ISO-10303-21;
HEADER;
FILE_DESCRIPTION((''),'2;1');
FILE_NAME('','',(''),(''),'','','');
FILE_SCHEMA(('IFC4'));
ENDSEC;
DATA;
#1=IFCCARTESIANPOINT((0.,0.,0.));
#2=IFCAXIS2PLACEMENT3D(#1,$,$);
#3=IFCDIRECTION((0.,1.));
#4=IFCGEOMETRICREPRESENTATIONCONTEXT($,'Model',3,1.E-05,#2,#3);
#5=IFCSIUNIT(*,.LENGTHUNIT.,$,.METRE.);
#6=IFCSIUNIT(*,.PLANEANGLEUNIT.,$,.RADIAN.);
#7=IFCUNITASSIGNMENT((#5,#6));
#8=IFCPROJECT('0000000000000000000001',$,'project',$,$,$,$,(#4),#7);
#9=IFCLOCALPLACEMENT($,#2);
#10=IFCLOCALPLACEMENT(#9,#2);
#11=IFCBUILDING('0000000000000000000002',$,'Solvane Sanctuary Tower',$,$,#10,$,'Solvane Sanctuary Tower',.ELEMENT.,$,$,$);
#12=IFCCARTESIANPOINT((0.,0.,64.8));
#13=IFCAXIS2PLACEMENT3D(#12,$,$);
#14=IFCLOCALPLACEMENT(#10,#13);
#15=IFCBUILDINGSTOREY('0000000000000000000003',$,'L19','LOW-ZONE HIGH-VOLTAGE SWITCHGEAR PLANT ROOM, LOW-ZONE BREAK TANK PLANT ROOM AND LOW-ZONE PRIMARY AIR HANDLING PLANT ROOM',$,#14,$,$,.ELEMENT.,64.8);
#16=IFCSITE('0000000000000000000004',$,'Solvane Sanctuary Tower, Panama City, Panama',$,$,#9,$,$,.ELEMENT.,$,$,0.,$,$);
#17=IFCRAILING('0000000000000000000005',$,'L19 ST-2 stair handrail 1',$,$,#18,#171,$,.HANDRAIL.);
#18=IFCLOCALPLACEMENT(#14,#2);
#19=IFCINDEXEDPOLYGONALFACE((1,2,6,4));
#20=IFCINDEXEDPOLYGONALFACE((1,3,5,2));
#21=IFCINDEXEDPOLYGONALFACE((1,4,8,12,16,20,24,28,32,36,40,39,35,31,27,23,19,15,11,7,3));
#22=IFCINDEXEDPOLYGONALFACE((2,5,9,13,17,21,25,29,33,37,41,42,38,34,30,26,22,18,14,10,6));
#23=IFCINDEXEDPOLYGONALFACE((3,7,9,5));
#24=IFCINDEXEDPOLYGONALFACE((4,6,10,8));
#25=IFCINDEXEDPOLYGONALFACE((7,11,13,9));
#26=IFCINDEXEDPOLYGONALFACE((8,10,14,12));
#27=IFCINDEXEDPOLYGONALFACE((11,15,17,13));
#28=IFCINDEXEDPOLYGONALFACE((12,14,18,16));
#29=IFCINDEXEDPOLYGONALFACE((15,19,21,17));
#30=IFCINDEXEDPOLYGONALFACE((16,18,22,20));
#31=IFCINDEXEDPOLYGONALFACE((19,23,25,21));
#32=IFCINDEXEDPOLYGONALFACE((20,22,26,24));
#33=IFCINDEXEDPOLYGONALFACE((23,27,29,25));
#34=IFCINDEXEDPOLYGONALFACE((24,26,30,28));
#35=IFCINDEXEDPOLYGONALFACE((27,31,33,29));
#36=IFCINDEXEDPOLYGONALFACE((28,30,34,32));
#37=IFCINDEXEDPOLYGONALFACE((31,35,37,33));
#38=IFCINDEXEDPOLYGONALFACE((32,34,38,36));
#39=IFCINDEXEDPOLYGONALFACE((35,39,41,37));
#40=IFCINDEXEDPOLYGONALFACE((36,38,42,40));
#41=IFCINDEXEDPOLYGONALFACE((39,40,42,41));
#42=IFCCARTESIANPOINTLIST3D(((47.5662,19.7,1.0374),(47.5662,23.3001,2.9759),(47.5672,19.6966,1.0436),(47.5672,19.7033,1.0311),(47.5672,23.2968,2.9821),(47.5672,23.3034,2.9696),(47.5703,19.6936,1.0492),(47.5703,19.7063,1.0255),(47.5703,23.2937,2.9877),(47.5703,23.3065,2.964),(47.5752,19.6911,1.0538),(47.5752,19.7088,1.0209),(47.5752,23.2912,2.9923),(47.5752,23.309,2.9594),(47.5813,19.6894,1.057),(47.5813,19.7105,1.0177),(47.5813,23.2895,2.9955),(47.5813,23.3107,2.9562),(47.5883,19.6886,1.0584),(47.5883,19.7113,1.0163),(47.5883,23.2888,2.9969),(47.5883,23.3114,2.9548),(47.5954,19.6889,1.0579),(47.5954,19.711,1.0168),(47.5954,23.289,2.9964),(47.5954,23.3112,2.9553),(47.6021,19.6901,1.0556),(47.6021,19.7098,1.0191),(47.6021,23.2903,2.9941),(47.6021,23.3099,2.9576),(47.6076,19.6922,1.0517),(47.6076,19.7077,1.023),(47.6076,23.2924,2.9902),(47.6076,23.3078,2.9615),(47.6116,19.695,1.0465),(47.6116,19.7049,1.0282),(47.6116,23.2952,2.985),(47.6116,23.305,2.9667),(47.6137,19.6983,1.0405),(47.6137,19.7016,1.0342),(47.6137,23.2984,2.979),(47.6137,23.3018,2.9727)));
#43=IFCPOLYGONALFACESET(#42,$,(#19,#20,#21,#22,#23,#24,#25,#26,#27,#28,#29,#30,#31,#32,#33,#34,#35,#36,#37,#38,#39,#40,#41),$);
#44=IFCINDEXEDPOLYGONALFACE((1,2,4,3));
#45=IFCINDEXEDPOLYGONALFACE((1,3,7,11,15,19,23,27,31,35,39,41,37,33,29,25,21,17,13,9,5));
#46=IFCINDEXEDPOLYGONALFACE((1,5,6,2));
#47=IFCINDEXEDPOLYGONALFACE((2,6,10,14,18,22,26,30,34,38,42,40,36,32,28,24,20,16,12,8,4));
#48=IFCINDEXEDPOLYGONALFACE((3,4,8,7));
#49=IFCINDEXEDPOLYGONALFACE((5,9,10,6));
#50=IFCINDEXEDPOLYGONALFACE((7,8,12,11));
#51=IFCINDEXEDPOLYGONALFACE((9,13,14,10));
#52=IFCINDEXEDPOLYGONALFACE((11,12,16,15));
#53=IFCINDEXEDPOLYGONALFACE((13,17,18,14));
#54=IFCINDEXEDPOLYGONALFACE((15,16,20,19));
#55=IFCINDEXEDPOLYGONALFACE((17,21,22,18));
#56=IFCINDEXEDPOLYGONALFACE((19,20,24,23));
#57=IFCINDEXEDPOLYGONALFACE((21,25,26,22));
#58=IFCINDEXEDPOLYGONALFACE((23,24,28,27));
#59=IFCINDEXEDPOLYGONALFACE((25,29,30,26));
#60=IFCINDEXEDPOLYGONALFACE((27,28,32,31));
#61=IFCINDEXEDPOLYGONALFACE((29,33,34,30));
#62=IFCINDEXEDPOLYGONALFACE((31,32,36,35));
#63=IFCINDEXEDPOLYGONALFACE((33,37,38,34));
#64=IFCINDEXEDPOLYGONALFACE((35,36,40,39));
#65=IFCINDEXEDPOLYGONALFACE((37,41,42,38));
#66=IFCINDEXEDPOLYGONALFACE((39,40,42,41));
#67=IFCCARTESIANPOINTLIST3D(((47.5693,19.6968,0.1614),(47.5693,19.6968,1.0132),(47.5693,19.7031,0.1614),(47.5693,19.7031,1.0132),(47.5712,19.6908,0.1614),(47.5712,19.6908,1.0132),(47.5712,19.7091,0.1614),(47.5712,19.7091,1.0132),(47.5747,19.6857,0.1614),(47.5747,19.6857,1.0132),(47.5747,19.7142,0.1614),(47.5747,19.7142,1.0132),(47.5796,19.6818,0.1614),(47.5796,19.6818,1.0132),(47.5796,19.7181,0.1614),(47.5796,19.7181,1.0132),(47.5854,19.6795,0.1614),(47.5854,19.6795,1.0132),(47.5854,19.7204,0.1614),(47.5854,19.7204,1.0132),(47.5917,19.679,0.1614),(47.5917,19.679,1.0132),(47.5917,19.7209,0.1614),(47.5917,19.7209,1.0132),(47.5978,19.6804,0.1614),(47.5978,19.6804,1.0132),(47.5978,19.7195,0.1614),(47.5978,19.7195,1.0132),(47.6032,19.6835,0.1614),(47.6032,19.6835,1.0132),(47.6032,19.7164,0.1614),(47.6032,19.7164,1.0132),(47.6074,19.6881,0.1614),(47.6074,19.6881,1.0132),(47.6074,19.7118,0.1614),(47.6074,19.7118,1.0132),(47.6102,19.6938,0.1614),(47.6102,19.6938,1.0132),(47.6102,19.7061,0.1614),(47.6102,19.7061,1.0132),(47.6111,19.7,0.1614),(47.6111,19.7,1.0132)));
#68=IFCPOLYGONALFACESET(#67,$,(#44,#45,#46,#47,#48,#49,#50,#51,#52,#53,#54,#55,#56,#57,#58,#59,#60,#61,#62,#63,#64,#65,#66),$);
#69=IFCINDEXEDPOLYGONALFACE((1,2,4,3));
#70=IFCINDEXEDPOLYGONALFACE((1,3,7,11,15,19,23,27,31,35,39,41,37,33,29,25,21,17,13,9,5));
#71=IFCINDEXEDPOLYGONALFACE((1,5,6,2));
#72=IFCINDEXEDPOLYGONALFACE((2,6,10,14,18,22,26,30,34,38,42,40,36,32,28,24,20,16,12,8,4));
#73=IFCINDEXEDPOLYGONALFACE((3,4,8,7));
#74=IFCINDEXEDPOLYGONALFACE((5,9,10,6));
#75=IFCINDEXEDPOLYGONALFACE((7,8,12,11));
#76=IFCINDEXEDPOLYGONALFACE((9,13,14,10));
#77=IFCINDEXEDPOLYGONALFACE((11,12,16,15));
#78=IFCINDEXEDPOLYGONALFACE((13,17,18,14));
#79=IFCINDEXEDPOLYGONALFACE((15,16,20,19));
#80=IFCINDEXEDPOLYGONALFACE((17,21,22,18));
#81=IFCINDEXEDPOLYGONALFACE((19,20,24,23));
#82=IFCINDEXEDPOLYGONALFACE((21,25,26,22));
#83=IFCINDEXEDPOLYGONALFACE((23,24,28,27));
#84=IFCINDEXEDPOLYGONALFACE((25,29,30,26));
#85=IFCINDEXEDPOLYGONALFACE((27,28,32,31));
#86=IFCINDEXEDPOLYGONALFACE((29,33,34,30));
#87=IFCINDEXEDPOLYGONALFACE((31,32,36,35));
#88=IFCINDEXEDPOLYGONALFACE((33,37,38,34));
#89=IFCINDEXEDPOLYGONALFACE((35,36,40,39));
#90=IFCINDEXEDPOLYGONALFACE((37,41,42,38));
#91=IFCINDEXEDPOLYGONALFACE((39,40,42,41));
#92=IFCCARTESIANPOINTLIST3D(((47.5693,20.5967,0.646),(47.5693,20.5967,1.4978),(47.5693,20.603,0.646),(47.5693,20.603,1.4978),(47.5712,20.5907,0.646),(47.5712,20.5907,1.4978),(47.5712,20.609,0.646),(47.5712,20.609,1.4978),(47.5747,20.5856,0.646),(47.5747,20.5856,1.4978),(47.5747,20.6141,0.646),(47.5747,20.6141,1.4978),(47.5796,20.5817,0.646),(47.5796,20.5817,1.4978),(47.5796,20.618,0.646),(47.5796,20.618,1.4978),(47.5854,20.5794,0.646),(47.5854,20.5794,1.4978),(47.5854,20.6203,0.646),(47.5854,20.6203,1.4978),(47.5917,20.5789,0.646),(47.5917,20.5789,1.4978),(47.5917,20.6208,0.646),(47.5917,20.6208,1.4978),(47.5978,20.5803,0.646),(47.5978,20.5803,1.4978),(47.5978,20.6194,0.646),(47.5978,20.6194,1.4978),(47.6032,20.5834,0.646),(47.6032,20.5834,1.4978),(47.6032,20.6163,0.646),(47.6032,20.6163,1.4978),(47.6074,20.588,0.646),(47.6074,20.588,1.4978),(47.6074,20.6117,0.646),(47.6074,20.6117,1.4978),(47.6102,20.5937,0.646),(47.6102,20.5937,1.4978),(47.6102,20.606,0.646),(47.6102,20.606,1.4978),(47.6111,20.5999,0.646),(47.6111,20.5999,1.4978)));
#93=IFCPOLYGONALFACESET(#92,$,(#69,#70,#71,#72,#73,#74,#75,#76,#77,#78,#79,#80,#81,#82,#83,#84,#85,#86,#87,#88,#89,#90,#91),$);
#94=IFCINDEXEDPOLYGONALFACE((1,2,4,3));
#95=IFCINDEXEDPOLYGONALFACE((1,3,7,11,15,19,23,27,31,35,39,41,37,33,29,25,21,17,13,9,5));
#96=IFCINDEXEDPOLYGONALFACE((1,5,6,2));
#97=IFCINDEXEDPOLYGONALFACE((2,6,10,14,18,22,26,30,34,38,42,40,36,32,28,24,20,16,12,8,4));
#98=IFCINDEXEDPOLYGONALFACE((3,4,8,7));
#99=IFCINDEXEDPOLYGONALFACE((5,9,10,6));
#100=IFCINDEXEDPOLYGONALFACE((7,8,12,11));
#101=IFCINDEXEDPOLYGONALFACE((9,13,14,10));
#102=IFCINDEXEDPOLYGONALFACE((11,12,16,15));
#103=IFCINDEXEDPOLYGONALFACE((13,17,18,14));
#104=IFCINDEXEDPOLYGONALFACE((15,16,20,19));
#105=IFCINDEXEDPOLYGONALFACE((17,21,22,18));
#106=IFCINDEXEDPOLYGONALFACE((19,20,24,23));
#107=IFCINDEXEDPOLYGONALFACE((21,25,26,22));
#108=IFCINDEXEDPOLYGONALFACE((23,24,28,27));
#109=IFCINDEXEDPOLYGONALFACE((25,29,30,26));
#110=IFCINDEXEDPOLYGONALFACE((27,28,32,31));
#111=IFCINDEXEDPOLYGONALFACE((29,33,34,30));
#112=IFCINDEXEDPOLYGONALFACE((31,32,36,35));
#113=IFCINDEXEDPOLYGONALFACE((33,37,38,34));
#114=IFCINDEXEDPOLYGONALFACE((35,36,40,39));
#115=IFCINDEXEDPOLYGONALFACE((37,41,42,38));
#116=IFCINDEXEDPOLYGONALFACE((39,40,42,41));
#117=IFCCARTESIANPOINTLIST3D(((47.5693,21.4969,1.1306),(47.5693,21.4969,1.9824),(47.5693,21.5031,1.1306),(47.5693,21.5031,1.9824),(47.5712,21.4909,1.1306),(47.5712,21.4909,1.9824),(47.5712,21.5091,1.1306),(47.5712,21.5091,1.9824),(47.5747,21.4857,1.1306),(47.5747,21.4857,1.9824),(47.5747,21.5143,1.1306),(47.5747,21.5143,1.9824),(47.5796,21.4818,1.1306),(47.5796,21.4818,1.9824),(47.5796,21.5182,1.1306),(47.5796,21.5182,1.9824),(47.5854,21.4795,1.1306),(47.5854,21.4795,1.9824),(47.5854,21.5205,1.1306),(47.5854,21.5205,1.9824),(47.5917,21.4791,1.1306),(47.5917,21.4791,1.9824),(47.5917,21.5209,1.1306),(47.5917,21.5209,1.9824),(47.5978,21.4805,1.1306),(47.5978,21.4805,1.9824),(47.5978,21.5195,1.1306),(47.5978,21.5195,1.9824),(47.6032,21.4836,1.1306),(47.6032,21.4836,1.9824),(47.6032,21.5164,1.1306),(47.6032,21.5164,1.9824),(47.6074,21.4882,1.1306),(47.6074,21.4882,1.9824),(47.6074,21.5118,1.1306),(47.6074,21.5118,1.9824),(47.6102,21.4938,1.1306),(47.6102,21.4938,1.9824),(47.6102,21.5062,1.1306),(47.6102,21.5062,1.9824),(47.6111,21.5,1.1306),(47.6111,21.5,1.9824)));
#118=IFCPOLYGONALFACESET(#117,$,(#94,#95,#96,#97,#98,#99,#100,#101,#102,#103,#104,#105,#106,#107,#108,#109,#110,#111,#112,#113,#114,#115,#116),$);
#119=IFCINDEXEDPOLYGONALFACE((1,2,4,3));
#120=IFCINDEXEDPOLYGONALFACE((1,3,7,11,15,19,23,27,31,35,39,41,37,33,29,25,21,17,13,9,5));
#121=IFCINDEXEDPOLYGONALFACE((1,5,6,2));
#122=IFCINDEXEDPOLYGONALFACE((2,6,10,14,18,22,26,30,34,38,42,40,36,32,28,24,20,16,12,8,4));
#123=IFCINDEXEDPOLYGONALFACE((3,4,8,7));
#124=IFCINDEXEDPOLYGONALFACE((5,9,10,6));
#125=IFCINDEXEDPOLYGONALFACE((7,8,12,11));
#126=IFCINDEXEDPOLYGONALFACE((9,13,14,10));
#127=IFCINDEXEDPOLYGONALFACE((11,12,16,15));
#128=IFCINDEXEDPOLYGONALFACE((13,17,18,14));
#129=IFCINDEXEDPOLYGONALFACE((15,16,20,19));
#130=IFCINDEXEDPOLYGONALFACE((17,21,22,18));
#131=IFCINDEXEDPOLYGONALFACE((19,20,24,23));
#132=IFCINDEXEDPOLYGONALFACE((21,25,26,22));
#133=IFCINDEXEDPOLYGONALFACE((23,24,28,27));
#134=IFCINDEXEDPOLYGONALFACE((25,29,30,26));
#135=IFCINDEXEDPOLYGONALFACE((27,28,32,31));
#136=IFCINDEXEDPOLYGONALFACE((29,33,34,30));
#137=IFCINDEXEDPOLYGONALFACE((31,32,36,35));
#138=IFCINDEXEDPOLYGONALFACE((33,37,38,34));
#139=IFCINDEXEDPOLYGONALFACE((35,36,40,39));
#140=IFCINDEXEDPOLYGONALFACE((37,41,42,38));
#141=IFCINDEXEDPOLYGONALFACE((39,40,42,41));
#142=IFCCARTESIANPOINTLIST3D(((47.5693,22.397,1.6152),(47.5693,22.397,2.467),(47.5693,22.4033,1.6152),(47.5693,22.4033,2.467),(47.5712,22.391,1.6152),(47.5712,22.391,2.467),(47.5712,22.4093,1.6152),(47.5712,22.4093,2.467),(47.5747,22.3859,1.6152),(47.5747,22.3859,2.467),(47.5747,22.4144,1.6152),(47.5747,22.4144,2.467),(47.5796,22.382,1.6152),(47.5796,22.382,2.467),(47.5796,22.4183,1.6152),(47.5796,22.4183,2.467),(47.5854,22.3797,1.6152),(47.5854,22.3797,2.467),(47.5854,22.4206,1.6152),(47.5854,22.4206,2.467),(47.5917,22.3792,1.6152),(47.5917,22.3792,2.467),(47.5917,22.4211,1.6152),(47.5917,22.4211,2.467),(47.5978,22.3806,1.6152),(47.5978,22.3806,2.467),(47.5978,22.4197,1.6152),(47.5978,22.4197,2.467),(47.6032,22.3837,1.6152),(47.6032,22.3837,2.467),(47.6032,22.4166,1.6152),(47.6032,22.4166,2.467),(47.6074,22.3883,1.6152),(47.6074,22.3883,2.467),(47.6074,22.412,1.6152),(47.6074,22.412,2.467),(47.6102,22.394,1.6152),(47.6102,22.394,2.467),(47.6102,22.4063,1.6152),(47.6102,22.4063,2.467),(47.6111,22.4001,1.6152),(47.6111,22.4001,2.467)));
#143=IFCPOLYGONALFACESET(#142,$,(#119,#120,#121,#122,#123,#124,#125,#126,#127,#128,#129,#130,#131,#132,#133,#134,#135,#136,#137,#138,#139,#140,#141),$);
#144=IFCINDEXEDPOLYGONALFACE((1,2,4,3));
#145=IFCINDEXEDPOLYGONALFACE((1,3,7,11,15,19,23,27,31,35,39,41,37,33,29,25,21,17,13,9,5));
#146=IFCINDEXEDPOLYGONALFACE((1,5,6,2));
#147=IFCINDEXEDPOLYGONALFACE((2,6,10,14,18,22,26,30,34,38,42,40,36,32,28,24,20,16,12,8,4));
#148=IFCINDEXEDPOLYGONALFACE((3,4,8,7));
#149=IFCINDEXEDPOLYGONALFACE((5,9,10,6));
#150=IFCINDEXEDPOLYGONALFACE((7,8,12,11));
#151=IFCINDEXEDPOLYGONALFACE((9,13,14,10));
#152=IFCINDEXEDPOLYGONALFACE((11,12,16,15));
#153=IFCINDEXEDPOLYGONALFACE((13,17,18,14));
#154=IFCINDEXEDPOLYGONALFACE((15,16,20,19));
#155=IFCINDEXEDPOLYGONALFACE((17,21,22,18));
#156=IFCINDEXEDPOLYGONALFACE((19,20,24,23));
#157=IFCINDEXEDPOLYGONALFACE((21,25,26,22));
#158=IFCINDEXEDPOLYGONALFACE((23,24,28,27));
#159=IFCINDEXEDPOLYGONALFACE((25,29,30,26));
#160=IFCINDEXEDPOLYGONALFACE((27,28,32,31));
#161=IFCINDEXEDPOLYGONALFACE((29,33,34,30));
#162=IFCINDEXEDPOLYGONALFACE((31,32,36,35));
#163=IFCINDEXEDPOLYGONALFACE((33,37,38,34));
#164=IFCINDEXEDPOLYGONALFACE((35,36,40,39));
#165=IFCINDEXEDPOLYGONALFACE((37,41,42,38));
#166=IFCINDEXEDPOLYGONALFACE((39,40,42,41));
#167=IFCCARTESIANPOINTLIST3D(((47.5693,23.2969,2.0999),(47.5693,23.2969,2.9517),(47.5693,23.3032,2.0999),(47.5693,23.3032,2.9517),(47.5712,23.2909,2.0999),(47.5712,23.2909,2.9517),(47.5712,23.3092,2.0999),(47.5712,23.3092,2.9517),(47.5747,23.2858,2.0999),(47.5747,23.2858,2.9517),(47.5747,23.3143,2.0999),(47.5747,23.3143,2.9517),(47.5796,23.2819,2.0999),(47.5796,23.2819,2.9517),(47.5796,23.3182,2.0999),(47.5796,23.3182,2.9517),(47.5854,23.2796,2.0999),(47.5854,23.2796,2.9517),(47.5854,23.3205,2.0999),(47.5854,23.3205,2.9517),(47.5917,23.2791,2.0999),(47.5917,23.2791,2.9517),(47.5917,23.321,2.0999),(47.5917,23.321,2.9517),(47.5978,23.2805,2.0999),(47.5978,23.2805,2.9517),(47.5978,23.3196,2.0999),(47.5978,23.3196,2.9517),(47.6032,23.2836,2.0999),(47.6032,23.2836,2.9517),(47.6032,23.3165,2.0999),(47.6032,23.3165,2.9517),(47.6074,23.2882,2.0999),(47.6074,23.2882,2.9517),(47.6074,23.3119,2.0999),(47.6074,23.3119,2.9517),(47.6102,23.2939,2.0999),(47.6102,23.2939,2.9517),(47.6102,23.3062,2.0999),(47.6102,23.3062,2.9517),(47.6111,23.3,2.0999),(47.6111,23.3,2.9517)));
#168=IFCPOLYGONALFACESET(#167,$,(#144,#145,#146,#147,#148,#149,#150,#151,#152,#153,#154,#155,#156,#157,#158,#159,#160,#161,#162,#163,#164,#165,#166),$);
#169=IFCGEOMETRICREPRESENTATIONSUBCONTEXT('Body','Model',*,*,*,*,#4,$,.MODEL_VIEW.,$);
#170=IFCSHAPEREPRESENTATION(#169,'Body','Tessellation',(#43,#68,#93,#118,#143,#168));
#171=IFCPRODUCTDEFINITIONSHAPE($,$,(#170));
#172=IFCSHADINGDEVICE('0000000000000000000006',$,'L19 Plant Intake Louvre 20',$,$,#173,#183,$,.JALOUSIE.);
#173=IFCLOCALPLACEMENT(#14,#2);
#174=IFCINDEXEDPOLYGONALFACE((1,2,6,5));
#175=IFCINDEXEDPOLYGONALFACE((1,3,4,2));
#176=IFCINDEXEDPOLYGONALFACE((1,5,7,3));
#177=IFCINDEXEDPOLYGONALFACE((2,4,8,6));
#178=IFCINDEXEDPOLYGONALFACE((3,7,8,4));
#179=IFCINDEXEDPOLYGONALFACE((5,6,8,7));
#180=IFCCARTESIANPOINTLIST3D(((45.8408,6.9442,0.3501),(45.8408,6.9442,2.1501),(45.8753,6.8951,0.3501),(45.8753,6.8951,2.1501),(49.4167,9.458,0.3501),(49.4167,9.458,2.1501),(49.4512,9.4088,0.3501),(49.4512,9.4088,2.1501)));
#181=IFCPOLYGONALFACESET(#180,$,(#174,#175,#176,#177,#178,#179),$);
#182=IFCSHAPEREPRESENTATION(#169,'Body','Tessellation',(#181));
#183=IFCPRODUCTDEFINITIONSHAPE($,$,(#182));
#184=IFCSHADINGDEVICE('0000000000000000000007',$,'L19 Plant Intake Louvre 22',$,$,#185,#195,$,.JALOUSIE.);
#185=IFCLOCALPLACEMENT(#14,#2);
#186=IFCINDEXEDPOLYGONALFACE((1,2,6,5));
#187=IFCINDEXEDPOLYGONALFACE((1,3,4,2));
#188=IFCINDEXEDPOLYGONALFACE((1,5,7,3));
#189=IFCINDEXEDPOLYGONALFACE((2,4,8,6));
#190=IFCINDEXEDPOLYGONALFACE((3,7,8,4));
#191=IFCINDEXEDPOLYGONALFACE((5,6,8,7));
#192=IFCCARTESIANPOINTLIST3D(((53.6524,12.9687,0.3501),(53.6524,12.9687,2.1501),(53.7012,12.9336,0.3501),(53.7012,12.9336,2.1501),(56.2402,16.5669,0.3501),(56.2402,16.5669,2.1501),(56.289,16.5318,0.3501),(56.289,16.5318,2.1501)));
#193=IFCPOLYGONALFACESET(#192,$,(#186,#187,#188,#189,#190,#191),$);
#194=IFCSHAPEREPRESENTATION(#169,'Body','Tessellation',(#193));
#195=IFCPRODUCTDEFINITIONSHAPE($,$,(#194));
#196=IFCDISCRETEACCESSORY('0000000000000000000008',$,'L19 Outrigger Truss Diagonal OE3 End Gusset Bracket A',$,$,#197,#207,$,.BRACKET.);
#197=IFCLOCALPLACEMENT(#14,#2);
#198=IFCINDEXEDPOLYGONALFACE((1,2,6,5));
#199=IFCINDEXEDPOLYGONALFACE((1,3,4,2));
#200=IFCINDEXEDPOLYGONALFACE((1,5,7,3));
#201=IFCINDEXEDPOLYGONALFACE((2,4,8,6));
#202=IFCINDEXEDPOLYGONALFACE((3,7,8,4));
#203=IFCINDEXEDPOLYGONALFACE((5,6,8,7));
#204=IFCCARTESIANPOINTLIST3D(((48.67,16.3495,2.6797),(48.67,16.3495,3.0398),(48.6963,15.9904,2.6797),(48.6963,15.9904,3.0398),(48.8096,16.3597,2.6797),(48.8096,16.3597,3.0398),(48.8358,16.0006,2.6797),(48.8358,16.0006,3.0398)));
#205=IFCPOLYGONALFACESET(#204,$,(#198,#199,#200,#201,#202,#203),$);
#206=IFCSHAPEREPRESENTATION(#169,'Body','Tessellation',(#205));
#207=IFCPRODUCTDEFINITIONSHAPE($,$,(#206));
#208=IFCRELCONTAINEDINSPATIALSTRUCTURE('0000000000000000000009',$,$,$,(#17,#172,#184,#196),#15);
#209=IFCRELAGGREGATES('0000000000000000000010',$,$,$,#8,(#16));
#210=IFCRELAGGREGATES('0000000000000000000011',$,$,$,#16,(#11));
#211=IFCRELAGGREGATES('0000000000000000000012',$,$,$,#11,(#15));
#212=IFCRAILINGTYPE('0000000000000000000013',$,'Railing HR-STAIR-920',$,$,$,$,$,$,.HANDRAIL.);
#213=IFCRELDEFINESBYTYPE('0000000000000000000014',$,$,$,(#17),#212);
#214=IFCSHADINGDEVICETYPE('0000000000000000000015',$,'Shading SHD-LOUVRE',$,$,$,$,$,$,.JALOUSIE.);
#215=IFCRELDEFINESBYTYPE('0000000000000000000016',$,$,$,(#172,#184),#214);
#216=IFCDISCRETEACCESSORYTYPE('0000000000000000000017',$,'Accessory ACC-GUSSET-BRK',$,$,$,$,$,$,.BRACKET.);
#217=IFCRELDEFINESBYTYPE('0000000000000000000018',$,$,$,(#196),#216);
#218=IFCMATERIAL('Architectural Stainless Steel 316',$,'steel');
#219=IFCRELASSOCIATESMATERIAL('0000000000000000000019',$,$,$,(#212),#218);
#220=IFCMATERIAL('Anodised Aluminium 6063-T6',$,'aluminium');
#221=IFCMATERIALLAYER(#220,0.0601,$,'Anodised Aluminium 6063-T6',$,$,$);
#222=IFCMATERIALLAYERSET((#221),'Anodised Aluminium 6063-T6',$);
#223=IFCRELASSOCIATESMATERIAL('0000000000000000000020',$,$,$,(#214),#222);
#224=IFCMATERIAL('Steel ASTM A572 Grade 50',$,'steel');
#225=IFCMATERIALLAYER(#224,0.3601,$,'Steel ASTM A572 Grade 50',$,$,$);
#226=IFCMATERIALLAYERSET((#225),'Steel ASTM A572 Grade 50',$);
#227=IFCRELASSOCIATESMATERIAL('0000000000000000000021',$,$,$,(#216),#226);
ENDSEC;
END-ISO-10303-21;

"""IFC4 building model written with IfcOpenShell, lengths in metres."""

from ifc_helpers import new_model, si_unit, direction, frame, origin, origin_2d, place, context, subcontext, project, spatial, rectangle, circle, extrude, material, layer, layer_set, type_object, element, save


model = new_model("IFC4")

# Units and contexts
model_context = context("Model", 3, precision=1e-05, world=origin(), true_north=direction((0.0, 1.0)))
body_context = subcontext(model_context, "Body", "Model", "MODEL_VIEW")
ifc_project = project(units=[si_unit("LENGTHUNIT", "METRE"), si_unit("PLANEANGLEUNIT", "RADIAN")], contexts=[model_context])

# Site, building, storey
site_placement = place(None, origin())
site = spatial("IfcSite", under=ifc_project, at=site_placement, Name="Solvane Sanctuary Tower, Panama City, Panama", CompositionType="ELEMENT", RefElevation=0.0)
building_placement = place(site_placement, origin())
building = spatial("IfcBuilding", under=site, at=building_placement, Name="Solvane Sanctuary Tower", LongName="Solvane Sanctuary Tower", CompositionType="ELEMENT")
storey_placement = place(building_placement, frame((0.0, 0.0, 64.8)))
storey = spatial("IfcBuildingStorey", under=building, at=storey_placement, Name="L19", Description="LOW-ZONE HIGH-VOLTAGE SWITCHGEAR PLANT ROOM, LOW-ZONE BREAK TANK PLANT ROOM AND LOW-ZONE PRIMARY AIR HANDLING PLANT ROOM", CompositionType="ELEMENT", Elevation=64.8)

# Shared definitions
ifc_material_1 = material(Name="Steel ASTM A572 Grade 50", Category="steel")

# Railing
ifc_material_2 = material(Name="Architectural Stainless Steel 316", Category="steel")
railing_type_1 = type_object("IfcRailingType", Name="Railing HR-STAIR-920", PredefinedType="HANDRAIL", material=ifc_material_2)
railing_1_placement = place(storey_placement, frame((47.5901, 19.7, 0.1614)))
element("IfcRailing", 1, at=railing_1_placement, inside=storey, type_object=railing_type_1, Name="L19 ST-2 stair handrail 1", PredefinedType="HANDRAIL", context=body_context, shape_type="SweptSolid", body=[
    extrude(circle(Radius=0.0239, at=origin_2d()), frame((0.0, 0.0, 0.876), z_axis=(0.0, 0.880475, 0.474093), x_axis=(-1.0, 0.0, 0.0)), (0.0, 0.0, 1.0), 4.0889),
    extrude(circle(Radius=0.021, at=origin_2d()), origin(), (0.0, 0.0, 1.0), 0.8518),
    extrude(circle(Radius=0.021, at=origin_2d()), frame((0.0, 0.8999, 0.4846)), (0.0, 0.0, 1.0), 0.8518),
    extrude(circle(Radius=0.021, at=origin_2d()), frame((0.0, 1.8, 0.9692)), (0.0, 0.0, 1.0), 0.8518),
    extrude(circle(Radius=0.021, at=origin_2d()), frame((0.0, 2.7002, 1.4539)), (0.0, 0.0, 1.0), 0.8518),
    extrude(circle(Radius=0.021, at=origin_2d()), frame((0.0, 3.6001, 1.9385)), (0.0, 0.0, 1.0), 0.8518),
])

# Shading devices
ifc_material_3 = material(Name="Anodised Aluminium 6063-T6", Category="aluminium")
ifc_layer_1 = layer(ifc_material_3, 0.0601, Name="Anodised Aluminium 6063-T6")
ifc_layer_set_1 = layer_set([ifc_layer_1], Name="Anodised Aluminium 6063-T6")
shading_device_type = type_object("IfcShadingDeviceType", Name="Shading SHD-LOUVRE", PredefinedType="JALOUSIE", material=ifc_layer_set_1)
shading_device_1_placement = place(storey_placement, frame((47.646, 8.1765, 0.3501), z_axis=(0.0, 0.0, 1.0), x_axis=(0.818089, 0.575091, 0.0)))
element("IfcShadingDevice", 2, at=shading_device_1_placement, inside=storey, type_object=shading_device_type, Name="L19 Plant Intake Louvre 20", PredefinedType="JALOUSIE", context=body_context, shape_type="SweptSolid", body=[
    extrude(rectangle(XDim=4.3711, YDim=0.0601, at=origin_2d()), origin(), (0.0, 0.0, 1.0), 1.8),
])
shading_device_2_placement = place(storey_placement, frame((54.9707, 14.7502, 0.3501), z_axis=(0.0, 0.0, 1.0), x_axis=(0.58387, 0.811847, 0.0)))
element("IfcShadingDevice", 3, at=shading_device_2_placement, inside=storey, type_object=shading_device_type, Name="L19 Plant Intake Louvre 22", PredefinedType="JALOUSIE", context=body_context, shape_type="SweptSolid", body=[
    extrude(rectangle(XDim=4.4321, YDim=0.0601, at=origin_2d()), origin(), (0.0, 0.0, 1.0), 1.8),
])

# Discrete accessory
ifc_layer_2 = layer(ifc_material_1, 0.3601, Name="Steel ASTM A572 Grade 50")
ifc_layer_set_2 = layer_set([ifc_layer_2], Name="Steel ASTM A572 Grade 50")
discrete_accessory_type = type_object("IfcDiscreteAccessoryType", Name="Accessory ACC-GUSSET-BRK", PredefinedType="BRACKET", material=ifc_layer_set_2)
for number, where, z_axis, x_axis, name in (
    (4, (48.7529, 16.175, 2.6797), (0.0, 0.0, 1.0), (0.07289, -0.99734, 0.0), "L19 Outrigger Truss Diagonal OE3 End Gusset Bracket A"),
):
    element("IfcDiscreteAccessory", number, at=place(storey_placement, frame(where, z_axis=z_axis, x_axis=x_axis)), inside=storey, type_object=discrete_accessory_type, Name=name, PredefinedType="BRACKET", context=body_context, shape_type="SweptSolid", body=[
        extrude(rectangle(XDim=0.3601, YDim=0.1399, at=origin_2d()), origin(), (0.0, 0.0, 1.0), 0.3601),
    ])

save(model, "model.ifc")
